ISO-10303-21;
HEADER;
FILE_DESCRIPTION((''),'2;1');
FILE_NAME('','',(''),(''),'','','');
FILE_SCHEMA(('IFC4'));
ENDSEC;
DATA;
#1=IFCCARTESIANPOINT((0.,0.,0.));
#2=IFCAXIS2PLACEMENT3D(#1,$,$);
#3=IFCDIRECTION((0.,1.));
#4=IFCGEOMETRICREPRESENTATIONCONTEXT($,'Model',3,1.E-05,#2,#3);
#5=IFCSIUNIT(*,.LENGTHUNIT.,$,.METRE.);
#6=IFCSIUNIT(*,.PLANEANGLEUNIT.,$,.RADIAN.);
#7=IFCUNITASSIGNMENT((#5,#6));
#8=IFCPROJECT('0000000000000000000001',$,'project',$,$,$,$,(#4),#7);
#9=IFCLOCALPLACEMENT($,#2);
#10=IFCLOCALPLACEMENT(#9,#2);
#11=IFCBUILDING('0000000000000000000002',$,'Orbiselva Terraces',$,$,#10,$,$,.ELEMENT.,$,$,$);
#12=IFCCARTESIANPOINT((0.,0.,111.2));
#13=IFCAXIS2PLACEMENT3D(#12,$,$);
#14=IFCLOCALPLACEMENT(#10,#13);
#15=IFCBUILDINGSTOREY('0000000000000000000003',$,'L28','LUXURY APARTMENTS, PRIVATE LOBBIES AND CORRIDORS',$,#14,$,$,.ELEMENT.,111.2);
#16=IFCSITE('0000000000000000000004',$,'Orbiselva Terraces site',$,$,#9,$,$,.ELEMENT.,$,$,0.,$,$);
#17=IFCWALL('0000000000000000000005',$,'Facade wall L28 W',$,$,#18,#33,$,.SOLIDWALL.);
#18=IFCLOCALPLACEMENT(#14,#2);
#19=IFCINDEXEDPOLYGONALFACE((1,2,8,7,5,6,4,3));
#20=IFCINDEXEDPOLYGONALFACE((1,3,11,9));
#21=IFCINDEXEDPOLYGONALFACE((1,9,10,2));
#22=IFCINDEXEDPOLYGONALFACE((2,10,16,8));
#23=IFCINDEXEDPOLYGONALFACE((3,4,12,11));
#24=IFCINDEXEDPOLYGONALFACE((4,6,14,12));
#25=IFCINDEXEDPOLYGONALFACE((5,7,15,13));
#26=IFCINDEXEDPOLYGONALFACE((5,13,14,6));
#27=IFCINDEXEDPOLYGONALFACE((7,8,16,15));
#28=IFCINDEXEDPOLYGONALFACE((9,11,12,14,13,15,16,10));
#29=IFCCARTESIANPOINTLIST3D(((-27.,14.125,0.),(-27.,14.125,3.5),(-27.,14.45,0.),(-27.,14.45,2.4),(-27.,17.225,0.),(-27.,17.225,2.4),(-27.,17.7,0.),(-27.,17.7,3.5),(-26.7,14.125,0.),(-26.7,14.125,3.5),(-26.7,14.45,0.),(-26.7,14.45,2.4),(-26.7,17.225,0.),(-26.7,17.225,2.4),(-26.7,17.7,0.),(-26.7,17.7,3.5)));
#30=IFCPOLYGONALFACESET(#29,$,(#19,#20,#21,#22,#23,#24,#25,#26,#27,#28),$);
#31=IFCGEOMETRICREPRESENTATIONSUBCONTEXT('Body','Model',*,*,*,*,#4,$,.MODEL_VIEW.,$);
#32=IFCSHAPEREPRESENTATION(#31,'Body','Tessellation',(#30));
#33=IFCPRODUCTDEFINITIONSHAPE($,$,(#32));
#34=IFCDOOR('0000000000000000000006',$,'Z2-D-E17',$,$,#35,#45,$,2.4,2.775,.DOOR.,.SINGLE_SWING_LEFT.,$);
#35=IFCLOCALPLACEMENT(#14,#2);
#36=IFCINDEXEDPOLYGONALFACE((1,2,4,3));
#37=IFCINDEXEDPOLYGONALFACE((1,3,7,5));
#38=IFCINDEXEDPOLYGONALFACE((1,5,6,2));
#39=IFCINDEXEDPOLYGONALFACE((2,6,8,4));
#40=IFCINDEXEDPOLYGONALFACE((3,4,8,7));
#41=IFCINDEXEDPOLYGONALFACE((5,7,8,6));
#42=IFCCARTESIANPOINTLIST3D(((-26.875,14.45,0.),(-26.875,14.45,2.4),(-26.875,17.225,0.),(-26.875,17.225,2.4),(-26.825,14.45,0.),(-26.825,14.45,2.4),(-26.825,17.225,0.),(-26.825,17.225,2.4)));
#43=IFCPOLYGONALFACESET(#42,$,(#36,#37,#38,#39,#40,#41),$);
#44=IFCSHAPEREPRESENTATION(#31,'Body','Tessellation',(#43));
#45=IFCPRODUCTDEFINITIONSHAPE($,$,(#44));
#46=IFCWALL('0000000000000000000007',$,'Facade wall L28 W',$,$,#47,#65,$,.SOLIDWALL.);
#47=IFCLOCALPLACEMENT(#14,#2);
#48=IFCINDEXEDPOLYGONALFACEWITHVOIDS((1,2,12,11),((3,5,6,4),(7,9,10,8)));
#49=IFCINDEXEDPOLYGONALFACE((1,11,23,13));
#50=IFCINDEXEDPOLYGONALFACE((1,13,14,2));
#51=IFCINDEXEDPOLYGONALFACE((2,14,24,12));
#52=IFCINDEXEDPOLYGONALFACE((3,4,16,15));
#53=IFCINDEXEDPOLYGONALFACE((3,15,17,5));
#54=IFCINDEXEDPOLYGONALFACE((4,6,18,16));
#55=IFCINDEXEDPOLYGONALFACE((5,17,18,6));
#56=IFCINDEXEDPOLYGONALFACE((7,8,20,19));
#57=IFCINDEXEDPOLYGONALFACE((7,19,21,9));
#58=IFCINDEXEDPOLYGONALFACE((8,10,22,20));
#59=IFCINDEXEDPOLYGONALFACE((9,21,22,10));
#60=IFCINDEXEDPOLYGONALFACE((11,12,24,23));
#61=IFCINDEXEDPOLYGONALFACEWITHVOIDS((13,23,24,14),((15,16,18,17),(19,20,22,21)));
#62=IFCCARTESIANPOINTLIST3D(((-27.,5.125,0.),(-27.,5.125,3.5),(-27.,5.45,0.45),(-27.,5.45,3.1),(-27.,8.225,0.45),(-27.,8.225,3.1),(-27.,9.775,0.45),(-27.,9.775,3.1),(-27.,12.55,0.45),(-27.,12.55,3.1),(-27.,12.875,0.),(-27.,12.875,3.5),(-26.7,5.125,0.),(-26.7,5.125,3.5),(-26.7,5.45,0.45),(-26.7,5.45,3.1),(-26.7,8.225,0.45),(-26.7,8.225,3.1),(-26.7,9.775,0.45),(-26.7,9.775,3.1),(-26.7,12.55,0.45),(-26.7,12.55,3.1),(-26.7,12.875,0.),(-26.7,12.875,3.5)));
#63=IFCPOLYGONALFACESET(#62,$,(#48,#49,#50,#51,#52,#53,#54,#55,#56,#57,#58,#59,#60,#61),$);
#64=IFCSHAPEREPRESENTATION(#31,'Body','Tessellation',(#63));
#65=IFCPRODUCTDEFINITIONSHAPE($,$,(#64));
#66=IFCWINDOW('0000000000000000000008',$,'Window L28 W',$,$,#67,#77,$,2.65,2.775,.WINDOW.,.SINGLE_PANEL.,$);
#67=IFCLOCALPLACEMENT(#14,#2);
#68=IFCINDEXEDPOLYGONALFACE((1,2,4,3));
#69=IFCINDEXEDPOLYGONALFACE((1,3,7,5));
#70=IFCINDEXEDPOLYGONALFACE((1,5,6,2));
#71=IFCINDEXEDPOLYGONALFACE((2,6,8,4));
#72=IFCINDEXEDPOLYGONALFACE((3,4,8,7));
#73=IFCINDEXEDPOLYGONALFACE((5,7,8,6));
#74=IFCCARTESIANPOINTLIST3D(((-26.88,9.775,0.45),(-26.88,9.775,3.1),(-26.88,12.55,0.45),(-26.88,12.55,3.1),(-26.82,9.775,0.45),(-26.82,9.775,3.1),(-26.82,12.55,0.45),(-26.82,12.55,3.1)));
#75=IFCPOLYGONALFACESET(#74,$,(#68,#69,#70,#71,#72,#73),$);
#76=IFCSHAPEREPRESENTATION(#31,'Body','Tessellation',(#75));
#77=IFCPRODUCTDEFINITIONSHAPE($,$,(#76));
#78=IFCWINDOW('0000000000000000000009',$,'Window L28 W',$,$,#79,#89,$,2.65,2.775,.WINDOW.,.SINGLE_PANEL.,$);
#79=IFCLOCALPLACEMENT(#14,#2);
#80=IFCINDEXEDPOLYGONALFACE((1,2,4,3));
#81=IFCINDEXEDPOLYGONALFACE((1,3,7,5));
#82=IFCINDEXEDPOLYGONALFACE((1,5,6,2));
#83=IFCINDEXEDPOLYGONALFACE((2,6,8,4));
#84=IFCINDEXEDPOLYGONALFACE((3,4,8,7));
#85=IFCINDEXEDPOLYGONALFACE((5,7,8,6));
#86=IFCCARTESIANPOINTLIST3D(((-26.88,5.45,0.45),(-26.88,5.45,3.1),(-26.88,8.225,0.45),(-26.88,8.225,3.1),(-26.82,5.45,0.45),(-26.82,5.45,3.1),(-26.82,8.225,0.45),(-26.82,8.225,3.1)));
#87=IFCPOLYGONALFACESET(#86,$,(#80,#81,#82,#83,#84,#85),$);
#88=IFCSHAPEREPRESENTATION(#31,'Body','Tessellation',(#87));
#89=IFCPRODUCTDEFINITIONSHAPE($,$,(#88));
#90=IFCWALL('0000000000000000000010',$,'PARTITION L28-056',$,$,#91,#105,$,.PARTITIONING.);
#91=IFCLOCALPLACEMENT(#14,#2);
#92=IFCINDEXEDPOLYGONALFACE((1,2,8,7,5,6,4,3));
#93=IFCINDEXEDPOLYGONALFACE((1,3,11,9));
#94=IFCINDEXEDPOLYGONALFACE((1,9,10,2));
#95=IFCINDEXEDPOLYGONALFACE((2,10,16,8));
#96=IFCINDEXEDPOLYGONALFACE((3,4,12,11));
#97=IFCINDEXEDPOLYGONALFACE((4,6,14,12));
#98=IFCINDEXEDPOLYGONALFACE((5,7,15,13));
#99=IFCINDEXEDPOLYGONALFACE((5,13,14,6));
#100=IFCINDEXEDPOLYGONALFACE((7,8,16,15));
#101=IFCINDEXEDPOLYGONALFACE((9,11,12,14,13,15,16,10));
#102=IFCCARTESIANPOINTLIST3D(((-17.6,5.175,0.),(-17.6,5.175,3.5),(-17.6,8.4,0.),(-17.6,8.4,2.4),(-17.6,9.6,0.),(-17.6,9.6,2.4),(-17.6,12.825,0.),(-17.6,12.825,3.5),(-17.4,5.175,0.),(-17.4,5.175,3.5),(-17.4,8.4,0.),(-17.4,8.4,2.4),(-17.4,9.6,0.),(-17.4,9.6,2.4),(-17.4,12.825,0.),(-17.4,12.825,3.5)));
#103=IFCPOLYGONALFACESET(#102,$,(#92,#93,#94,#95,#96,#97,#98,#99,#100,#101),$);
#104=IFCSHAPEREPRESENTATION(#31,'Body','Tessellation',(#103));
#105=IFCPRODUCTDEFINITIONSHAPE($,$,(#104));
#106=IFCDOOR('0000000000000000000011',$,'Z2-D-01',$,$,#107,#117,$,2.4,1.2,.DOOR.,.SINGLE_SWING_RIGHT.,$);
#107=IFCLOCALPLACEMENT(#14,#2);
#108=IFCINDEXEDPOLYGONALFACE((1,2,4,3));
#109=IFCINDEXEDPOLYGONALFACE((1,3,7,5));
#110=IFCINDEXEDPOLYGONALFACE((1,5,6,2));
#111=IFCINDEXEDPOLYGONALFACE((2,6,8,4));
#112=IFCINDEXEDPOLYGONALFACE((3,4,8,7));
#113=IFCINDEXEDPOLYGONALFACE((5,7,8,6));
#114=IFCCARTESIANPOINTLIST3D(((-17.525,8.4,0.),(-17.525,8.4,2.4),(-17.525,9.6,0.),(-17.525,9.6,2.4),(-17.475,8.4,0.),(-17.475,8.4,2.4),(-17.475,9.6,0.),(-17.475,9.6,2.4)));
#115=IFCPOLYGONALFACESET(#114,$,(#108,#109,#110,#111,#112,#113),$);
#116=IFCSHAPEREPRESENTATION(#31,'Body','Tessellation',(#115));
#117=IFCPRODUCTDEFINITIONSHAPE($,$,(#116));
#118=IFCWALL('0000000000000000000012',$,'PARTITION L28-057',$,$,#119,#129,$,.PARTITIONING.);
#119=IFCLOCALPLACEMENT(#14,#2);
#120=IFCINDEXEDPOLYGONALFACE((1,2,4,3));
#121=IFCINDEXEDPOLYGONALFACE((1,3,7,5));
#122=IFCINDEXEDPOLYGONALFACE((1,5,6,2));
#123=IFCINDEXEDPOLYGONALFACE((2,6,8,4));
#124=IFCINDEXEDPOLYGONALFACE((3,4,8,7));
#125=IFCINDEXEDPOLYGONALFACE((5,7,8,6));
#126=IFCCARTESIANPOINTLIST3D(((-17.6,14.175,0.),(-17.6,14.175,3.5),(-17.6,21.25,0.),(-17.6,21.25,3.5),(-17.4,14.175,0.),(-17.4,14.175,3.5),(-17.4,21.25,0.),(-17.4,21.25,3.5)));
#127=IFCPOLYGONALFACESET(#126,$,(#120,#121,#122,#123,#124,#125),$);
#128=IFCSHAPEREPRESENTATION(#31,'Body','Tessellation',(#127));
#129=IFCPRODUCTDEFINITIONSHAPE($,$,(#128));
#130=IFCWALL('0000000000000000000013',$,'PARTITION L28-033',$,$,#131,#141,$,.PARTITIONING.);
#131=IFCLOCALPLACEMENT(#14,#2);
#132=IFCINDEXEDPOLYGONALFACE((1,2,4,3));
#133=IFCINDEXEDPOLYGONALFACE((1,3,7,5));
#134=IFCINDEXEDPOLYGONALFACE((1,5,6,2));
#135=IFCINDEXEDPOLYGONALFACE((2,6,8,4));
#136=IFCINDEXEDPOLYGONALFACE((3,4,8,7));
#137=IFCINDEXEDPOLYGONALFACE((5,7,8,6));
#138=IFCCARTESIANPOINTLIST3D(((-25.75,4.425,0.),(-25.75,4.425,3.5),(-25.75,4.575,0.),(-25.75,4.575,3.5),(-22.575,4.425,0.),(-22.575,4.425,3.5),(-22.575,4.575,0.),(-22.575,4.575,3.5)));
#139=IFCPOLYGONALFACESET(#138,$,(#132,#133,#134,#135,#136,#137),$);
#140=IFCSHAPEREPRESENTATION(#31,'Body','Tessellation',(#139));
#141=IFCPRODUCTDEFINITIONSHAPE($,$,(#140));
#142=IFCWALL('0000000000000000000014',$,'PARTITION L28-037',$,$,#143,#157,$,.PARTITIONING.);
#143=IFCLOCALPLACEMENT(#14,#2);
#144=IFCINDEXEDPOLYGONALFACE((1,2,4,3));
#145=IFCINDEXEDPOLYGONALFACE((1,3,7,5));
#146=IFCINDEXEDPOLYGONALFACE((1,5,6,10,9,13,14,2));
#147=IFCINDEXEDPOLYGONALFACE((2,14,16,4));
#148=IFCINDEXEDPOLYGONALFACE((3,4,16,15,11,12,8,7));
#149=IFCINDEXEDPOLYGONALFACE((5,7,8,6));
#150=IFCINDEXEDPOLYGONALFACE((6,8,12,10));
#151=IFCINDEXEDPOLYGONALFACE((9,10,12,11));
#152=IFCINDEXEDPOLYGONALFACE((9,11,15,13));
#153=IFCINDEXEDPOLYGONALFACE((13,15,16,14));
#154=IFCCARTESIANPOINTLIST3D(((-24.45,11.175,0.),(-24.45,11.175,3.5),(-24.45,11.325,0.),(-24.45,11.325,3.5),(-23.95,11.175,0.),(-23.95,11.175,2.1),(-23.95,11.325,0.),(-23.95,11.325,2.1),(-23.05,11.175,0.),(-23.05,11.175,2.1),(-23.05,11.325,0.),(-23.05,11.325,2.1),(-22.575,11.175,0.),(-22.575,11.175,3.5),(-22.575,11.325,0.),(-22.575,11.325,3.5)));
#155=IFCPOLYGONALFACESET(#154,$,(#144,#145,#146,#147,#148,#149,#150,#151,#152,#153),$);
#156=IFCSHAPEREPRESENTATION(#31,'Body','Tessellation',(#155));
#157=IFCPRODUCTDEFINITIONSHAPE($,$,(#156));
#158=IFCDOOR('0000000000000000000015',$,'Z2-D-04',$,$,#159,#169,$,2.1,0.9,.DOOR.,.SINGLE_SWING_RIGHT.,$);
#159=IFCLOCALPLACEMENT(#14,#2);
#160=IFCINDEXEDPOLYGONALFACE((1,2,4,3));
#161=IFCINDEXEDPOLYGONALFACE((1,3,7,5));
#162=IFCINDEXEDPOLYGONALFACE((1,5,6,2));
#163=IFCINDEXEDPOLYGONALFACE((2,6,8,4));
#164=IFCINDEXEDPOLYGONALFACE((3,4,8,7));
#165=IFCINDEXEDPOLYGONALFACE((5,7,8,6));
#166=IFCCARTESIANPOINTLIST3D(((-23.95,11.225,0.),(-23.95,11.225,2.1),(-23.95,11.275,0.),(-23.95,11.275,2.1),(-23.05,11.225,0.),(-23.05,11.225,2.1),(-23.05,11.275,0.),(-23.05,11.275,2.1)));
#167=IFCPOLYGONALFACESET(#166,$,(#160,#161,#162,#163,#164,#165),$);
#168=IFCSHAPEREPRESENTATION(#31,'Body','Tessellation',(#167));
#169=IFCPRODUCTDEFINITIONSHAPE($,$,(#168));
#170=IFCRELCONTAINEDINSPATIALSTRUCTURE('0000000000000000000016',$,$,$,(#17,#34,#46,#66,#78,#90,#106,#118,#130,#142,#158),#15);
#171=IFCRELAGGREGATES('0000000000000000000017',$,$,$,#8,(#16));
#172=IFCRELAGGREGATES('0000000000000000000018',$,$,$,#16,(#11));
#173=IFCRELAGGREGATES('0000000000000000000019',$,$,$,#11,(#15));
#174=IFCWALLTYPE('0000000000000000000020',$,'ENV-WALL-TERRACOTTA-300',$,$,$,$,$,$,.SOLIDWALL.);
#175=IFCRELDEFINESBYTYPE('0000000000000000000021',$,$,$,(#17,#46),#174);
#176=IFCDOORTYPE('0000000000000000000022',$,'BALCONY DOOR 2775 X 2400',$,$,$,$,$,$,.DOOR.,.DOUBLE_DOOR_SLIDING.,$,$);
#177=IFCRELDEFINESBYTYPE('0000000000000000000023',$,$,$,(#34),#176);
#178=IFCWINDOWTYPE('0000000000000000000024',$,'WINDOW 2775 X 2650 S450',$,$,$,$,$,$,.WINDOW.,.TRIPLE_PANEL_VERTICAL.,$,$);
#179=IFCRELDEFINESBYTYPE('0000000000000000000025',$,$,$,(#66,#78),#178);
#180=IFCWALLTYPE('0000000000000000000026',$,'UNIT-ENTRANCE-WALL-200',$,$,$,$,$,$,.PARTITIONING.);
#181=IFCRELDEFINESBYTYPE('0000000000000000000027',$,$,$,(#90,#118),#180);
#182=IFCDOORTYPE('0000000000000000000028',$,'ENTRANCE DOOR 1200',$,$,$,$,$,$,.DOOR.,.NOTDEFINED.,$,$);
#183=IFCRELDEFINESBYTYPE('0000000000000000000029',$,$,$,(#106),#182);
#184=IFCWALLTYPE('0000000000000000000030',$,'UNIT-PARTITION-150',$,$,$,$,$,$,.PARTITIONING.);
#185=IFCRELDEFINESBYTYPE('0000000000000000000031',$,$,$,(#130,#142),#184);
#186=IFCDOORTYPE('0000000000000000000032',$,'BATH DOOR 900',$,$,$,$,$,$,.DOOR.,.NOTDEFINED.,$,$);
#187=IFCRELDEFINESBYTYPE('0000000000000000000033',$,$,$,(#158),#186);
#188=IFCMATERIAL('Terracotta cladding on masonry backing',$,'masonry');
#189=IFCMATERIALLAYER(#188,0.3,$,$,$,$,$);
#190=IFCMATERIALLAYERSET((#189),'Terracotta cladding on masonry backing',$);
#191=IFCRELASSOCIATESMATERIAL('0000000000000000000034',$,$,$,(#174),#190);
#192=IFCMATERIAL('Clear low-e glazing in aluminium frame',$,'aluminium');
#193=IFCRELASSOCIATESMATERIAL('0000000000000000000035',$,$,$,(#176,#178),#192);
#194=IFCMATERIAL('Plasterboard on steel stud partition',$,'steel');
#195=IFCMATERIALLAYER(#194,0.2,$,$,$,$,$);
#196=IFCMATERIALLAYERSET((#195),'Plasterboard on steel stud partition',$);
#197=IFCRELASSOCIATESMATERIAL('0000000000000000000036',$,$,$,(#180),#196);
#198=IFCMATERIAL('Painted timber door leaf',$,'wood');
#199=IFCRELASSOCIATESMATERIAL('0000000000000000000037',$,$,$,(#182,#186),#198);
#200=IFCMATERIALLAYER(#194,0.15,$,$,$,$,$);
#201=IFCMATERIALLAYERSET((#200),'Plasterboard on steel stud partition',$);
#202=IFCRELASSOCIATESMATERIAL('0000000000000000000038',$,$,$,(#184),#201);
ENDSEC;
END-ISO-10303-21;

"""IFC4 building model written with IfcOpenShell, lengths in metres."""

from ifc_helpers import new_model, si_unit, direction, frame, frame_2d, origin, place, context, subcontext, project, spatial, rectangle, extrude, material, layer, layer_set, type_object, element, fill, save


model = new_model("IFC4")

# Units and contexts
model_context = context("Model", 3, precision=1e-05, world=origin(), true_north=direction((0.0, 1.0)))
body_context = subcontext(model_context, "Body", "Model", "MODEL_VIEW")
ifc_project = project(units=[si_unit("LENGTHUNIT", "METRE"), si_unit("PLANEANGLEUNIT", "RADIAN")], contexts=[model_context])

# Site, building, storey
site_placement = place(None, origin())
site = spatial("IfcSite", under=ifc_project, at=site_placement, Name="Orbiselva Terraces site", CompositionType="ELEMENT", RefElevation=0.0)
building_placement = place(site_placement, origin())
building = spatial("IfcBuilding", under=site, at=building_placement, Name="Orbiselva Terraces", CompositionType="ELEMENT")
storey_placement = place(building_placement, frame((0.0, 0.0, 111.2)))
storey = spatial("IfcBuildingStorey", under=building, at=storey_placement, Name="L28", Description="LUXURY APARTMENTS, PRIVATE LOBBIES AND CORRIDORS", CompositionType="ELEMENT", Elevation=111.2)

# Wall, opening, door
ifc_material_1 = material(Name="Terracotta cladding on masonry backing", Category="masonry")
ifc_layer_1 = layer(ifc_material_1, 0.3)
ifc_layer_set_1 = layer_set([ifc_layer_1], Name="Terracotta cladding on masonry backing")
wall_type_1 = type_object("IfcWallType", Name="ENV-WALL-TERRACOTTA-300", PredefinedType="SOLIDWALL", material=ifc_layer_set_1)
wall_1_placement = place(storey_placement, frame((-26.85, 14.125, 0.0), z_axis=(0.0, 0.0, 1.0), x_axis=(0.0, 1.0, 0.0)))
wall_1 = element("IfcWall", 1, at=wall_1_placement, inside=storey, type_object=wall_type_1, Name="Facade wall L28 W", PredefinedType="SOLIDWALL", context=body_context, shape_type="SweptSolid", body=[
    extrude(rectangle(XDim=3.575, YDim=0.3, at=frame_2d((1.7875, 0.0))), origin(), (0.0, 0.0, 1.0), 3.5),
])
opening_1_placement = place(wall_1_placement, frame((0.325, 0.0, 0.0)))
opening_1 = element("IfcOpeningElement", 2, at=opening_1_placement, cuts=wall_1, PredefinedType="OPENING", context=body_context, shape_type="SweptSolid", body=[
    extrude(rectangle(XDim=2.775, YDim=2.4, at=frame_2d((1.3875, 1.2))), frame((0.0, 0.16, 0.0), z_axis=(0.0, -1.0, 0.0), x_axis=(1.0, 0.0, 0.0)), (0.0, 0.0, 1.0), 0.32),
])
ifc_material_2 = material(Name="Clear low-e glazing in aluminium frame", Category="aluminium")
door_type_1 = type_object("IfcDoorType", Name="BALCONY DOOR 2775 X 2400", OperationType="DOUBLE_DOOR_SLIDING", PredefinedType="DOOR", material=ifc_material_2)
door_1_placement = place(opening_1_placement, origin())
door_1 = element("IfcDoor", 3, at=door_1_placement, inside=storey, type_object=door_type_1, Name="Z2-D-E17", OperationType="SINGLE_SWING_LEFT", OverallHeight=2.4, OverallWidth=2.775, PredefinedType="DOOR", context=body_context, shape_type="SweptSolid", body=[
    extrude(rectangle(XDim=2.775, YDim=2.4, at=frame_2d((1.3875, 1.2))), frame((0.0, 0.025, 0.0), z_axis=(0.0, -1.0, 0.0), x_axis=(1.0, 0.0, 0.0)), (0.0, 0.0, 1.0), 0.05),
])
fill(opening_1, door_1)

# Wall, openings, windows
wall_2_placement = place(storey_placement, frame((-26.85, 5.125, 0.0), z_axis=(0.0, 0.0, 1.0), x_axis=(0.0, 1.0, 0.0)))
wall_2 = element("IfcWall", 4, at=wall_2_placement, inside=storey, type_object=wall_type_1, Name="Facade wall L28 W", PredefinedType="SOLIDWALL", context=body_context, shape_type="SweptSolid", body=[
    extrude(rectangle(XDim=7.75, YDim=0.3, at=frame_2d((3.875, 0.0))), origin(), (0.0, 0.0, 1.0), 3.5),
])
opening_2_placement = place(wall_2_placement, frame((4.65, 0.0, 0.45)))
opening_2 = element("IfcOpeningElement", 5, at=opening_2_placement, cuts=wall_2, PredefinedType="OPENING", context=body_context, shape_type="SweptSolid", body=[
    extrude(rectangle(XDim=2.775, YDim=2.65, at=frame_2d((1.3875, 1.325))), frame((0.0, 0.16, 0.0), z_axis=(0.0, -1.0, 0.0), x_axis=(1.0, 0.0, 0.0)), (0.0, 0.0, 1.0), 0.32),
])
opening_3_placement = place(wall_2_placement, frame((0.325, 0.0, 0.45)))
opening_3 = element("IfcOpeningElement", 6, at=opening_3_placement, cuts=wall_2, PredefinedType="OPENING", context=body_context, shape_type="SweptSolid", body=[
    extrude(rectangle(XDim=2.775, YDim=2.65, at=frame_2d((1.3875, 1.325))), frame((0.0, 0.16, 0.0), z_axis=(0.0, -1.0, 0.0), x_axis=(1.0, 0.0, 0.0)), (0.0, 0.0, 1.0), 0.32),
])
window_type = type_object("IfcWindowType", Name="WINDOW 2775 X 2650 S450", PartitioningType="TRIPLE_PANEL_VERTICAL", PredefinedType="WINDOW", material=ifc_material_2)
window_1_placement = place(opening_2_placement, origin())
window_1 = element("IfcWindow", 7, at=window_1_placement, inside=storey, type_object=window_type, Name="Window L28 W", OverallHeight=2.65, OverallWidth=2.775, PartitioningType="SINGLE_PANEL", PredefinedType="WINDOW", context=body_context, shape_type="SweptSolid", body=[
    extrude(rectangle(XDim=2.775, YDim=2.65, at=frame_2d((1.3875, 1.325))), frame((0.0, 0.03, 0.0), z_axis=(0.0, -1.0, 0.0), x_axis=(1.0, 0.0, 0.0)), (0.0, 0.0, 1.0), 0.06),
])
fill(opening_2, window_1)
window_2_placement = place(opening_3_placement, origin())
window_2 = element("IfcWindow", 8, at=window_2_placement, inside=storey, type_object=window_type, Name="Window L28 W", OverallHeight=2.65, OverallWidth=2.775, PartitioningType="SINGLE_PANEL", PredefinedType="WINDOW", context=body_context, shape_type="SweptSolid", body=[
    extrude(rectangle(XDim=2.775, YDim=2.65, at=frame_2d((1.3875, 1.325))), frame((0.0, 0.03, 0.0), z_axis=(0.0, -1.0, 0.0), x_axis=(1.0, 0.0, 0.0)), (0.0, 0.0, 1.0), 0.06),
])
fill(opening_3, window_2)

# Wall, opening, door
ifc_material_3 = material(Name="Plasterboard on steel stud partition", Category="steel")
ifc_layer_2 = layer(ifc_material_3, 0.2)
ifc_layer_set_2 = layer_set([ifc_layer_2], Name="Plasterboard on steel stud partition")
wall_type_2 = type_object("IfcWallType", Name="UNIT-ENTRANCE-WALL-200", PredefinedType="PARTITIONING", material=ifc_layer_set_2)
wall_3_placement = place(storey_placement, frame((-17.5, 5.175, 0.0), z_axis=(0.0, 0.0, 1.0), x_axis=(0.0, 1.0, 0.0)))
wall_3 = element("IfcWall", 9, at=wall_3_placement, inside=storey, type_object=wall_type_2, Name="PARTITION L28-056", PredefinedType="PARTITIONING", context=body_context, shape_type="SweptSolid", body=[
    extrude(rectangle(XDim=7.65, YDim=0.2, at=frame_2d((3.825, 0.0))), origin(), (0.0, 0.0, 1.0), 3.5),
])
opening_4_placement = place(wall_3_placement, frame((3.225, 0.0, 0.0)))
opening_4 = element("IfcOpeningElement", 10, at=opening_4_placement, cuts=wall_3, PredefinedType="OPENING", context=body_context, shape_type="SweptSolid", body=[
    extrude(rectangle(XDim=1.2, YDim=2.4, at=frame_2d((0.6, 1.2))), frame((0.0, 0.11, 0.0), z_axis=(0.0, -1.0, 0.0), x_axis=(1.0, 0.0, 0.0)), (0.0, 0.0, 1.0), 0.22),
])
ifc_material_4 = material(Name="Painted timber door leaf", Category="wood")
door_type_2 = type_object("IfcDoorType", Name="ENTRANCE DOOR 1200", OperationType="NOTDEFINED", PredefinedType="DOOR", material=ifc_material_4)
door_2_placement = place(opening_4_placement, origin())
door_2 = element("IfcDoor", 11, at=door_2_placement, inside=storey, type_object=door_type_2, Name="Z2-D-01", OperationType="SINGLE_SWING_RIGHT", OverallHeight=2.4, OverallWidth=1.2, PredefinedType="DOOR", context=body_context, shape_type="SweptSolid", body=[
    extrude(rectangle(XDim=1.2, YDim=2.4, at=frame_2d((0.6, 1.2))), frame((0.0, 0.025, 0.0), z_axis=(0.0, -1.0, 0.0), x_axis=(1.0, 0.0, 0.0)), (0.0, 0.0, 1.0), 0.05),
])
fill(opening_4, door_2)

# Walls
wall_4_placement = place(storey_placement, frame((-17.5, 14.175, 0.0), z_axis=(0.0, 0.0, 1.0), x_axis=(0.0, 1.0, 0.0)))
element("IfcWall", 12, at=wall_4_placement, inside=storey, type_object=wall_type_2, Name="PARTITION L28-057", PredefinedType="PARTITIONING", context=body_context, shape_type="SweptSolid", body=[
    extrude(rectangle(XDim=7.075, YDim=0.2, at=frame_2d((3.5375, 0.0))), origin(), (0.0, 0.0, 1.0), 3.5),
])
ifc_layer_3 = layer(ifc_material_3, 0.15)
ifc_layer_set_3 = layer_set([ifc_layer_3], Name="Plasterboard on steel stud partition")
wall_type_3 = type_object("IfcWallType", Name="UNIT-PARTITION-150", PredefinedType="PARTITIONING", material=ifc_layer_set_3)
wall_5_placement = place(storey_placement, frame((-25.75, 4.5, 0.0), z_axis=(0.0, 0.0, 1.0), x_axis=(1.0, 0.0, 0.0)))
element("IfcWall", 13, at=wall_5_placement, inside=storey, type_object=wall_type_3, Name="PARTITION L28-033", PredefinedType="PARTITIONING", context=body_context, shape_type="SweptSolid", body=[
    extrude(rectangle(XDim=3.175, YDim=0.15, at=frame_2d((1.5875, 0.0))), origin(), (0.0, 0.0, 1.0), 3.5),
])

# Wall, opening, door
wall_6_placement = place(storey_placement, frame((-24.45, 11.25, 0.0), z_axis=(0.0, 0.0, 1.0), x_axis=(1.0, 0.0, 0.0)))
wall_6 = element("IfcWall", 14, at=wall_6_placement, inside=storey, type_object=wall_type_3, Name="PARTITION L28-037", PredefinedType="PARTITIONING", context=body_context, shape_type="SweptSolid", body=[
    extrude(rectangle(XDim=1.875, YDim=0.15, at=frame_2d((0.9375, 0.0))), origin(), (0.0, 0.0, 1.0), 3.5),
])
opening_5_placement = place(wall_6_placement, frame((0.5, 0.0, 0.0)))
opening_5 = element("IfcOpeningElement", 15, at=opening_5_placement, cuts=wall_6, PredefinedType="OPENING", context=body_context, shape_type="SweptSolid", body=[
    extrude(rectangle(XDim=0.9, YDim=2.1, at=frame_2d((0.45, 1.05))), frame((0.0, 0.085, 0.0), z_axis=(0.0, -1.0, 0.0), x_axis=(1.0, 0.0, 0.0)), (0.0, 0.0, 1.0), 0.17),
])
door_type_3 = type_object("IfcDoorType", Name="BATH DOOR 900", OperationType="NOTDEFINED", PredefinedType="DOOR", material=ifc_material_4)
door_3_placement = place(opening_5_placement, origin())
door_3 = element("IfcDoor", 16, at=door_3_placement, inside=storey, type_object=door_type_3, Name="Z2-D-04", OperationType="SINGLE_SWING_RIGHT", OverallHeight=2.1, OverallWidth=0.9, PredefinedType="DOOR", context=body_context, shape_type="SweptSolid", body=[
    extrude(rectangle(XDim=0.9, YDim=2.1, at=frame_2d((0.45, 1.05))), frame((0.0, 0.025, 0.0), z_axis=(0.0, -1.0, 0.0), x_axis=(1.0, 0.0, 0.0)), (0.0, 0.0, 1.0), 0.05),
])
fill(opening_5, door_3)

save(model, "model.ifc")
